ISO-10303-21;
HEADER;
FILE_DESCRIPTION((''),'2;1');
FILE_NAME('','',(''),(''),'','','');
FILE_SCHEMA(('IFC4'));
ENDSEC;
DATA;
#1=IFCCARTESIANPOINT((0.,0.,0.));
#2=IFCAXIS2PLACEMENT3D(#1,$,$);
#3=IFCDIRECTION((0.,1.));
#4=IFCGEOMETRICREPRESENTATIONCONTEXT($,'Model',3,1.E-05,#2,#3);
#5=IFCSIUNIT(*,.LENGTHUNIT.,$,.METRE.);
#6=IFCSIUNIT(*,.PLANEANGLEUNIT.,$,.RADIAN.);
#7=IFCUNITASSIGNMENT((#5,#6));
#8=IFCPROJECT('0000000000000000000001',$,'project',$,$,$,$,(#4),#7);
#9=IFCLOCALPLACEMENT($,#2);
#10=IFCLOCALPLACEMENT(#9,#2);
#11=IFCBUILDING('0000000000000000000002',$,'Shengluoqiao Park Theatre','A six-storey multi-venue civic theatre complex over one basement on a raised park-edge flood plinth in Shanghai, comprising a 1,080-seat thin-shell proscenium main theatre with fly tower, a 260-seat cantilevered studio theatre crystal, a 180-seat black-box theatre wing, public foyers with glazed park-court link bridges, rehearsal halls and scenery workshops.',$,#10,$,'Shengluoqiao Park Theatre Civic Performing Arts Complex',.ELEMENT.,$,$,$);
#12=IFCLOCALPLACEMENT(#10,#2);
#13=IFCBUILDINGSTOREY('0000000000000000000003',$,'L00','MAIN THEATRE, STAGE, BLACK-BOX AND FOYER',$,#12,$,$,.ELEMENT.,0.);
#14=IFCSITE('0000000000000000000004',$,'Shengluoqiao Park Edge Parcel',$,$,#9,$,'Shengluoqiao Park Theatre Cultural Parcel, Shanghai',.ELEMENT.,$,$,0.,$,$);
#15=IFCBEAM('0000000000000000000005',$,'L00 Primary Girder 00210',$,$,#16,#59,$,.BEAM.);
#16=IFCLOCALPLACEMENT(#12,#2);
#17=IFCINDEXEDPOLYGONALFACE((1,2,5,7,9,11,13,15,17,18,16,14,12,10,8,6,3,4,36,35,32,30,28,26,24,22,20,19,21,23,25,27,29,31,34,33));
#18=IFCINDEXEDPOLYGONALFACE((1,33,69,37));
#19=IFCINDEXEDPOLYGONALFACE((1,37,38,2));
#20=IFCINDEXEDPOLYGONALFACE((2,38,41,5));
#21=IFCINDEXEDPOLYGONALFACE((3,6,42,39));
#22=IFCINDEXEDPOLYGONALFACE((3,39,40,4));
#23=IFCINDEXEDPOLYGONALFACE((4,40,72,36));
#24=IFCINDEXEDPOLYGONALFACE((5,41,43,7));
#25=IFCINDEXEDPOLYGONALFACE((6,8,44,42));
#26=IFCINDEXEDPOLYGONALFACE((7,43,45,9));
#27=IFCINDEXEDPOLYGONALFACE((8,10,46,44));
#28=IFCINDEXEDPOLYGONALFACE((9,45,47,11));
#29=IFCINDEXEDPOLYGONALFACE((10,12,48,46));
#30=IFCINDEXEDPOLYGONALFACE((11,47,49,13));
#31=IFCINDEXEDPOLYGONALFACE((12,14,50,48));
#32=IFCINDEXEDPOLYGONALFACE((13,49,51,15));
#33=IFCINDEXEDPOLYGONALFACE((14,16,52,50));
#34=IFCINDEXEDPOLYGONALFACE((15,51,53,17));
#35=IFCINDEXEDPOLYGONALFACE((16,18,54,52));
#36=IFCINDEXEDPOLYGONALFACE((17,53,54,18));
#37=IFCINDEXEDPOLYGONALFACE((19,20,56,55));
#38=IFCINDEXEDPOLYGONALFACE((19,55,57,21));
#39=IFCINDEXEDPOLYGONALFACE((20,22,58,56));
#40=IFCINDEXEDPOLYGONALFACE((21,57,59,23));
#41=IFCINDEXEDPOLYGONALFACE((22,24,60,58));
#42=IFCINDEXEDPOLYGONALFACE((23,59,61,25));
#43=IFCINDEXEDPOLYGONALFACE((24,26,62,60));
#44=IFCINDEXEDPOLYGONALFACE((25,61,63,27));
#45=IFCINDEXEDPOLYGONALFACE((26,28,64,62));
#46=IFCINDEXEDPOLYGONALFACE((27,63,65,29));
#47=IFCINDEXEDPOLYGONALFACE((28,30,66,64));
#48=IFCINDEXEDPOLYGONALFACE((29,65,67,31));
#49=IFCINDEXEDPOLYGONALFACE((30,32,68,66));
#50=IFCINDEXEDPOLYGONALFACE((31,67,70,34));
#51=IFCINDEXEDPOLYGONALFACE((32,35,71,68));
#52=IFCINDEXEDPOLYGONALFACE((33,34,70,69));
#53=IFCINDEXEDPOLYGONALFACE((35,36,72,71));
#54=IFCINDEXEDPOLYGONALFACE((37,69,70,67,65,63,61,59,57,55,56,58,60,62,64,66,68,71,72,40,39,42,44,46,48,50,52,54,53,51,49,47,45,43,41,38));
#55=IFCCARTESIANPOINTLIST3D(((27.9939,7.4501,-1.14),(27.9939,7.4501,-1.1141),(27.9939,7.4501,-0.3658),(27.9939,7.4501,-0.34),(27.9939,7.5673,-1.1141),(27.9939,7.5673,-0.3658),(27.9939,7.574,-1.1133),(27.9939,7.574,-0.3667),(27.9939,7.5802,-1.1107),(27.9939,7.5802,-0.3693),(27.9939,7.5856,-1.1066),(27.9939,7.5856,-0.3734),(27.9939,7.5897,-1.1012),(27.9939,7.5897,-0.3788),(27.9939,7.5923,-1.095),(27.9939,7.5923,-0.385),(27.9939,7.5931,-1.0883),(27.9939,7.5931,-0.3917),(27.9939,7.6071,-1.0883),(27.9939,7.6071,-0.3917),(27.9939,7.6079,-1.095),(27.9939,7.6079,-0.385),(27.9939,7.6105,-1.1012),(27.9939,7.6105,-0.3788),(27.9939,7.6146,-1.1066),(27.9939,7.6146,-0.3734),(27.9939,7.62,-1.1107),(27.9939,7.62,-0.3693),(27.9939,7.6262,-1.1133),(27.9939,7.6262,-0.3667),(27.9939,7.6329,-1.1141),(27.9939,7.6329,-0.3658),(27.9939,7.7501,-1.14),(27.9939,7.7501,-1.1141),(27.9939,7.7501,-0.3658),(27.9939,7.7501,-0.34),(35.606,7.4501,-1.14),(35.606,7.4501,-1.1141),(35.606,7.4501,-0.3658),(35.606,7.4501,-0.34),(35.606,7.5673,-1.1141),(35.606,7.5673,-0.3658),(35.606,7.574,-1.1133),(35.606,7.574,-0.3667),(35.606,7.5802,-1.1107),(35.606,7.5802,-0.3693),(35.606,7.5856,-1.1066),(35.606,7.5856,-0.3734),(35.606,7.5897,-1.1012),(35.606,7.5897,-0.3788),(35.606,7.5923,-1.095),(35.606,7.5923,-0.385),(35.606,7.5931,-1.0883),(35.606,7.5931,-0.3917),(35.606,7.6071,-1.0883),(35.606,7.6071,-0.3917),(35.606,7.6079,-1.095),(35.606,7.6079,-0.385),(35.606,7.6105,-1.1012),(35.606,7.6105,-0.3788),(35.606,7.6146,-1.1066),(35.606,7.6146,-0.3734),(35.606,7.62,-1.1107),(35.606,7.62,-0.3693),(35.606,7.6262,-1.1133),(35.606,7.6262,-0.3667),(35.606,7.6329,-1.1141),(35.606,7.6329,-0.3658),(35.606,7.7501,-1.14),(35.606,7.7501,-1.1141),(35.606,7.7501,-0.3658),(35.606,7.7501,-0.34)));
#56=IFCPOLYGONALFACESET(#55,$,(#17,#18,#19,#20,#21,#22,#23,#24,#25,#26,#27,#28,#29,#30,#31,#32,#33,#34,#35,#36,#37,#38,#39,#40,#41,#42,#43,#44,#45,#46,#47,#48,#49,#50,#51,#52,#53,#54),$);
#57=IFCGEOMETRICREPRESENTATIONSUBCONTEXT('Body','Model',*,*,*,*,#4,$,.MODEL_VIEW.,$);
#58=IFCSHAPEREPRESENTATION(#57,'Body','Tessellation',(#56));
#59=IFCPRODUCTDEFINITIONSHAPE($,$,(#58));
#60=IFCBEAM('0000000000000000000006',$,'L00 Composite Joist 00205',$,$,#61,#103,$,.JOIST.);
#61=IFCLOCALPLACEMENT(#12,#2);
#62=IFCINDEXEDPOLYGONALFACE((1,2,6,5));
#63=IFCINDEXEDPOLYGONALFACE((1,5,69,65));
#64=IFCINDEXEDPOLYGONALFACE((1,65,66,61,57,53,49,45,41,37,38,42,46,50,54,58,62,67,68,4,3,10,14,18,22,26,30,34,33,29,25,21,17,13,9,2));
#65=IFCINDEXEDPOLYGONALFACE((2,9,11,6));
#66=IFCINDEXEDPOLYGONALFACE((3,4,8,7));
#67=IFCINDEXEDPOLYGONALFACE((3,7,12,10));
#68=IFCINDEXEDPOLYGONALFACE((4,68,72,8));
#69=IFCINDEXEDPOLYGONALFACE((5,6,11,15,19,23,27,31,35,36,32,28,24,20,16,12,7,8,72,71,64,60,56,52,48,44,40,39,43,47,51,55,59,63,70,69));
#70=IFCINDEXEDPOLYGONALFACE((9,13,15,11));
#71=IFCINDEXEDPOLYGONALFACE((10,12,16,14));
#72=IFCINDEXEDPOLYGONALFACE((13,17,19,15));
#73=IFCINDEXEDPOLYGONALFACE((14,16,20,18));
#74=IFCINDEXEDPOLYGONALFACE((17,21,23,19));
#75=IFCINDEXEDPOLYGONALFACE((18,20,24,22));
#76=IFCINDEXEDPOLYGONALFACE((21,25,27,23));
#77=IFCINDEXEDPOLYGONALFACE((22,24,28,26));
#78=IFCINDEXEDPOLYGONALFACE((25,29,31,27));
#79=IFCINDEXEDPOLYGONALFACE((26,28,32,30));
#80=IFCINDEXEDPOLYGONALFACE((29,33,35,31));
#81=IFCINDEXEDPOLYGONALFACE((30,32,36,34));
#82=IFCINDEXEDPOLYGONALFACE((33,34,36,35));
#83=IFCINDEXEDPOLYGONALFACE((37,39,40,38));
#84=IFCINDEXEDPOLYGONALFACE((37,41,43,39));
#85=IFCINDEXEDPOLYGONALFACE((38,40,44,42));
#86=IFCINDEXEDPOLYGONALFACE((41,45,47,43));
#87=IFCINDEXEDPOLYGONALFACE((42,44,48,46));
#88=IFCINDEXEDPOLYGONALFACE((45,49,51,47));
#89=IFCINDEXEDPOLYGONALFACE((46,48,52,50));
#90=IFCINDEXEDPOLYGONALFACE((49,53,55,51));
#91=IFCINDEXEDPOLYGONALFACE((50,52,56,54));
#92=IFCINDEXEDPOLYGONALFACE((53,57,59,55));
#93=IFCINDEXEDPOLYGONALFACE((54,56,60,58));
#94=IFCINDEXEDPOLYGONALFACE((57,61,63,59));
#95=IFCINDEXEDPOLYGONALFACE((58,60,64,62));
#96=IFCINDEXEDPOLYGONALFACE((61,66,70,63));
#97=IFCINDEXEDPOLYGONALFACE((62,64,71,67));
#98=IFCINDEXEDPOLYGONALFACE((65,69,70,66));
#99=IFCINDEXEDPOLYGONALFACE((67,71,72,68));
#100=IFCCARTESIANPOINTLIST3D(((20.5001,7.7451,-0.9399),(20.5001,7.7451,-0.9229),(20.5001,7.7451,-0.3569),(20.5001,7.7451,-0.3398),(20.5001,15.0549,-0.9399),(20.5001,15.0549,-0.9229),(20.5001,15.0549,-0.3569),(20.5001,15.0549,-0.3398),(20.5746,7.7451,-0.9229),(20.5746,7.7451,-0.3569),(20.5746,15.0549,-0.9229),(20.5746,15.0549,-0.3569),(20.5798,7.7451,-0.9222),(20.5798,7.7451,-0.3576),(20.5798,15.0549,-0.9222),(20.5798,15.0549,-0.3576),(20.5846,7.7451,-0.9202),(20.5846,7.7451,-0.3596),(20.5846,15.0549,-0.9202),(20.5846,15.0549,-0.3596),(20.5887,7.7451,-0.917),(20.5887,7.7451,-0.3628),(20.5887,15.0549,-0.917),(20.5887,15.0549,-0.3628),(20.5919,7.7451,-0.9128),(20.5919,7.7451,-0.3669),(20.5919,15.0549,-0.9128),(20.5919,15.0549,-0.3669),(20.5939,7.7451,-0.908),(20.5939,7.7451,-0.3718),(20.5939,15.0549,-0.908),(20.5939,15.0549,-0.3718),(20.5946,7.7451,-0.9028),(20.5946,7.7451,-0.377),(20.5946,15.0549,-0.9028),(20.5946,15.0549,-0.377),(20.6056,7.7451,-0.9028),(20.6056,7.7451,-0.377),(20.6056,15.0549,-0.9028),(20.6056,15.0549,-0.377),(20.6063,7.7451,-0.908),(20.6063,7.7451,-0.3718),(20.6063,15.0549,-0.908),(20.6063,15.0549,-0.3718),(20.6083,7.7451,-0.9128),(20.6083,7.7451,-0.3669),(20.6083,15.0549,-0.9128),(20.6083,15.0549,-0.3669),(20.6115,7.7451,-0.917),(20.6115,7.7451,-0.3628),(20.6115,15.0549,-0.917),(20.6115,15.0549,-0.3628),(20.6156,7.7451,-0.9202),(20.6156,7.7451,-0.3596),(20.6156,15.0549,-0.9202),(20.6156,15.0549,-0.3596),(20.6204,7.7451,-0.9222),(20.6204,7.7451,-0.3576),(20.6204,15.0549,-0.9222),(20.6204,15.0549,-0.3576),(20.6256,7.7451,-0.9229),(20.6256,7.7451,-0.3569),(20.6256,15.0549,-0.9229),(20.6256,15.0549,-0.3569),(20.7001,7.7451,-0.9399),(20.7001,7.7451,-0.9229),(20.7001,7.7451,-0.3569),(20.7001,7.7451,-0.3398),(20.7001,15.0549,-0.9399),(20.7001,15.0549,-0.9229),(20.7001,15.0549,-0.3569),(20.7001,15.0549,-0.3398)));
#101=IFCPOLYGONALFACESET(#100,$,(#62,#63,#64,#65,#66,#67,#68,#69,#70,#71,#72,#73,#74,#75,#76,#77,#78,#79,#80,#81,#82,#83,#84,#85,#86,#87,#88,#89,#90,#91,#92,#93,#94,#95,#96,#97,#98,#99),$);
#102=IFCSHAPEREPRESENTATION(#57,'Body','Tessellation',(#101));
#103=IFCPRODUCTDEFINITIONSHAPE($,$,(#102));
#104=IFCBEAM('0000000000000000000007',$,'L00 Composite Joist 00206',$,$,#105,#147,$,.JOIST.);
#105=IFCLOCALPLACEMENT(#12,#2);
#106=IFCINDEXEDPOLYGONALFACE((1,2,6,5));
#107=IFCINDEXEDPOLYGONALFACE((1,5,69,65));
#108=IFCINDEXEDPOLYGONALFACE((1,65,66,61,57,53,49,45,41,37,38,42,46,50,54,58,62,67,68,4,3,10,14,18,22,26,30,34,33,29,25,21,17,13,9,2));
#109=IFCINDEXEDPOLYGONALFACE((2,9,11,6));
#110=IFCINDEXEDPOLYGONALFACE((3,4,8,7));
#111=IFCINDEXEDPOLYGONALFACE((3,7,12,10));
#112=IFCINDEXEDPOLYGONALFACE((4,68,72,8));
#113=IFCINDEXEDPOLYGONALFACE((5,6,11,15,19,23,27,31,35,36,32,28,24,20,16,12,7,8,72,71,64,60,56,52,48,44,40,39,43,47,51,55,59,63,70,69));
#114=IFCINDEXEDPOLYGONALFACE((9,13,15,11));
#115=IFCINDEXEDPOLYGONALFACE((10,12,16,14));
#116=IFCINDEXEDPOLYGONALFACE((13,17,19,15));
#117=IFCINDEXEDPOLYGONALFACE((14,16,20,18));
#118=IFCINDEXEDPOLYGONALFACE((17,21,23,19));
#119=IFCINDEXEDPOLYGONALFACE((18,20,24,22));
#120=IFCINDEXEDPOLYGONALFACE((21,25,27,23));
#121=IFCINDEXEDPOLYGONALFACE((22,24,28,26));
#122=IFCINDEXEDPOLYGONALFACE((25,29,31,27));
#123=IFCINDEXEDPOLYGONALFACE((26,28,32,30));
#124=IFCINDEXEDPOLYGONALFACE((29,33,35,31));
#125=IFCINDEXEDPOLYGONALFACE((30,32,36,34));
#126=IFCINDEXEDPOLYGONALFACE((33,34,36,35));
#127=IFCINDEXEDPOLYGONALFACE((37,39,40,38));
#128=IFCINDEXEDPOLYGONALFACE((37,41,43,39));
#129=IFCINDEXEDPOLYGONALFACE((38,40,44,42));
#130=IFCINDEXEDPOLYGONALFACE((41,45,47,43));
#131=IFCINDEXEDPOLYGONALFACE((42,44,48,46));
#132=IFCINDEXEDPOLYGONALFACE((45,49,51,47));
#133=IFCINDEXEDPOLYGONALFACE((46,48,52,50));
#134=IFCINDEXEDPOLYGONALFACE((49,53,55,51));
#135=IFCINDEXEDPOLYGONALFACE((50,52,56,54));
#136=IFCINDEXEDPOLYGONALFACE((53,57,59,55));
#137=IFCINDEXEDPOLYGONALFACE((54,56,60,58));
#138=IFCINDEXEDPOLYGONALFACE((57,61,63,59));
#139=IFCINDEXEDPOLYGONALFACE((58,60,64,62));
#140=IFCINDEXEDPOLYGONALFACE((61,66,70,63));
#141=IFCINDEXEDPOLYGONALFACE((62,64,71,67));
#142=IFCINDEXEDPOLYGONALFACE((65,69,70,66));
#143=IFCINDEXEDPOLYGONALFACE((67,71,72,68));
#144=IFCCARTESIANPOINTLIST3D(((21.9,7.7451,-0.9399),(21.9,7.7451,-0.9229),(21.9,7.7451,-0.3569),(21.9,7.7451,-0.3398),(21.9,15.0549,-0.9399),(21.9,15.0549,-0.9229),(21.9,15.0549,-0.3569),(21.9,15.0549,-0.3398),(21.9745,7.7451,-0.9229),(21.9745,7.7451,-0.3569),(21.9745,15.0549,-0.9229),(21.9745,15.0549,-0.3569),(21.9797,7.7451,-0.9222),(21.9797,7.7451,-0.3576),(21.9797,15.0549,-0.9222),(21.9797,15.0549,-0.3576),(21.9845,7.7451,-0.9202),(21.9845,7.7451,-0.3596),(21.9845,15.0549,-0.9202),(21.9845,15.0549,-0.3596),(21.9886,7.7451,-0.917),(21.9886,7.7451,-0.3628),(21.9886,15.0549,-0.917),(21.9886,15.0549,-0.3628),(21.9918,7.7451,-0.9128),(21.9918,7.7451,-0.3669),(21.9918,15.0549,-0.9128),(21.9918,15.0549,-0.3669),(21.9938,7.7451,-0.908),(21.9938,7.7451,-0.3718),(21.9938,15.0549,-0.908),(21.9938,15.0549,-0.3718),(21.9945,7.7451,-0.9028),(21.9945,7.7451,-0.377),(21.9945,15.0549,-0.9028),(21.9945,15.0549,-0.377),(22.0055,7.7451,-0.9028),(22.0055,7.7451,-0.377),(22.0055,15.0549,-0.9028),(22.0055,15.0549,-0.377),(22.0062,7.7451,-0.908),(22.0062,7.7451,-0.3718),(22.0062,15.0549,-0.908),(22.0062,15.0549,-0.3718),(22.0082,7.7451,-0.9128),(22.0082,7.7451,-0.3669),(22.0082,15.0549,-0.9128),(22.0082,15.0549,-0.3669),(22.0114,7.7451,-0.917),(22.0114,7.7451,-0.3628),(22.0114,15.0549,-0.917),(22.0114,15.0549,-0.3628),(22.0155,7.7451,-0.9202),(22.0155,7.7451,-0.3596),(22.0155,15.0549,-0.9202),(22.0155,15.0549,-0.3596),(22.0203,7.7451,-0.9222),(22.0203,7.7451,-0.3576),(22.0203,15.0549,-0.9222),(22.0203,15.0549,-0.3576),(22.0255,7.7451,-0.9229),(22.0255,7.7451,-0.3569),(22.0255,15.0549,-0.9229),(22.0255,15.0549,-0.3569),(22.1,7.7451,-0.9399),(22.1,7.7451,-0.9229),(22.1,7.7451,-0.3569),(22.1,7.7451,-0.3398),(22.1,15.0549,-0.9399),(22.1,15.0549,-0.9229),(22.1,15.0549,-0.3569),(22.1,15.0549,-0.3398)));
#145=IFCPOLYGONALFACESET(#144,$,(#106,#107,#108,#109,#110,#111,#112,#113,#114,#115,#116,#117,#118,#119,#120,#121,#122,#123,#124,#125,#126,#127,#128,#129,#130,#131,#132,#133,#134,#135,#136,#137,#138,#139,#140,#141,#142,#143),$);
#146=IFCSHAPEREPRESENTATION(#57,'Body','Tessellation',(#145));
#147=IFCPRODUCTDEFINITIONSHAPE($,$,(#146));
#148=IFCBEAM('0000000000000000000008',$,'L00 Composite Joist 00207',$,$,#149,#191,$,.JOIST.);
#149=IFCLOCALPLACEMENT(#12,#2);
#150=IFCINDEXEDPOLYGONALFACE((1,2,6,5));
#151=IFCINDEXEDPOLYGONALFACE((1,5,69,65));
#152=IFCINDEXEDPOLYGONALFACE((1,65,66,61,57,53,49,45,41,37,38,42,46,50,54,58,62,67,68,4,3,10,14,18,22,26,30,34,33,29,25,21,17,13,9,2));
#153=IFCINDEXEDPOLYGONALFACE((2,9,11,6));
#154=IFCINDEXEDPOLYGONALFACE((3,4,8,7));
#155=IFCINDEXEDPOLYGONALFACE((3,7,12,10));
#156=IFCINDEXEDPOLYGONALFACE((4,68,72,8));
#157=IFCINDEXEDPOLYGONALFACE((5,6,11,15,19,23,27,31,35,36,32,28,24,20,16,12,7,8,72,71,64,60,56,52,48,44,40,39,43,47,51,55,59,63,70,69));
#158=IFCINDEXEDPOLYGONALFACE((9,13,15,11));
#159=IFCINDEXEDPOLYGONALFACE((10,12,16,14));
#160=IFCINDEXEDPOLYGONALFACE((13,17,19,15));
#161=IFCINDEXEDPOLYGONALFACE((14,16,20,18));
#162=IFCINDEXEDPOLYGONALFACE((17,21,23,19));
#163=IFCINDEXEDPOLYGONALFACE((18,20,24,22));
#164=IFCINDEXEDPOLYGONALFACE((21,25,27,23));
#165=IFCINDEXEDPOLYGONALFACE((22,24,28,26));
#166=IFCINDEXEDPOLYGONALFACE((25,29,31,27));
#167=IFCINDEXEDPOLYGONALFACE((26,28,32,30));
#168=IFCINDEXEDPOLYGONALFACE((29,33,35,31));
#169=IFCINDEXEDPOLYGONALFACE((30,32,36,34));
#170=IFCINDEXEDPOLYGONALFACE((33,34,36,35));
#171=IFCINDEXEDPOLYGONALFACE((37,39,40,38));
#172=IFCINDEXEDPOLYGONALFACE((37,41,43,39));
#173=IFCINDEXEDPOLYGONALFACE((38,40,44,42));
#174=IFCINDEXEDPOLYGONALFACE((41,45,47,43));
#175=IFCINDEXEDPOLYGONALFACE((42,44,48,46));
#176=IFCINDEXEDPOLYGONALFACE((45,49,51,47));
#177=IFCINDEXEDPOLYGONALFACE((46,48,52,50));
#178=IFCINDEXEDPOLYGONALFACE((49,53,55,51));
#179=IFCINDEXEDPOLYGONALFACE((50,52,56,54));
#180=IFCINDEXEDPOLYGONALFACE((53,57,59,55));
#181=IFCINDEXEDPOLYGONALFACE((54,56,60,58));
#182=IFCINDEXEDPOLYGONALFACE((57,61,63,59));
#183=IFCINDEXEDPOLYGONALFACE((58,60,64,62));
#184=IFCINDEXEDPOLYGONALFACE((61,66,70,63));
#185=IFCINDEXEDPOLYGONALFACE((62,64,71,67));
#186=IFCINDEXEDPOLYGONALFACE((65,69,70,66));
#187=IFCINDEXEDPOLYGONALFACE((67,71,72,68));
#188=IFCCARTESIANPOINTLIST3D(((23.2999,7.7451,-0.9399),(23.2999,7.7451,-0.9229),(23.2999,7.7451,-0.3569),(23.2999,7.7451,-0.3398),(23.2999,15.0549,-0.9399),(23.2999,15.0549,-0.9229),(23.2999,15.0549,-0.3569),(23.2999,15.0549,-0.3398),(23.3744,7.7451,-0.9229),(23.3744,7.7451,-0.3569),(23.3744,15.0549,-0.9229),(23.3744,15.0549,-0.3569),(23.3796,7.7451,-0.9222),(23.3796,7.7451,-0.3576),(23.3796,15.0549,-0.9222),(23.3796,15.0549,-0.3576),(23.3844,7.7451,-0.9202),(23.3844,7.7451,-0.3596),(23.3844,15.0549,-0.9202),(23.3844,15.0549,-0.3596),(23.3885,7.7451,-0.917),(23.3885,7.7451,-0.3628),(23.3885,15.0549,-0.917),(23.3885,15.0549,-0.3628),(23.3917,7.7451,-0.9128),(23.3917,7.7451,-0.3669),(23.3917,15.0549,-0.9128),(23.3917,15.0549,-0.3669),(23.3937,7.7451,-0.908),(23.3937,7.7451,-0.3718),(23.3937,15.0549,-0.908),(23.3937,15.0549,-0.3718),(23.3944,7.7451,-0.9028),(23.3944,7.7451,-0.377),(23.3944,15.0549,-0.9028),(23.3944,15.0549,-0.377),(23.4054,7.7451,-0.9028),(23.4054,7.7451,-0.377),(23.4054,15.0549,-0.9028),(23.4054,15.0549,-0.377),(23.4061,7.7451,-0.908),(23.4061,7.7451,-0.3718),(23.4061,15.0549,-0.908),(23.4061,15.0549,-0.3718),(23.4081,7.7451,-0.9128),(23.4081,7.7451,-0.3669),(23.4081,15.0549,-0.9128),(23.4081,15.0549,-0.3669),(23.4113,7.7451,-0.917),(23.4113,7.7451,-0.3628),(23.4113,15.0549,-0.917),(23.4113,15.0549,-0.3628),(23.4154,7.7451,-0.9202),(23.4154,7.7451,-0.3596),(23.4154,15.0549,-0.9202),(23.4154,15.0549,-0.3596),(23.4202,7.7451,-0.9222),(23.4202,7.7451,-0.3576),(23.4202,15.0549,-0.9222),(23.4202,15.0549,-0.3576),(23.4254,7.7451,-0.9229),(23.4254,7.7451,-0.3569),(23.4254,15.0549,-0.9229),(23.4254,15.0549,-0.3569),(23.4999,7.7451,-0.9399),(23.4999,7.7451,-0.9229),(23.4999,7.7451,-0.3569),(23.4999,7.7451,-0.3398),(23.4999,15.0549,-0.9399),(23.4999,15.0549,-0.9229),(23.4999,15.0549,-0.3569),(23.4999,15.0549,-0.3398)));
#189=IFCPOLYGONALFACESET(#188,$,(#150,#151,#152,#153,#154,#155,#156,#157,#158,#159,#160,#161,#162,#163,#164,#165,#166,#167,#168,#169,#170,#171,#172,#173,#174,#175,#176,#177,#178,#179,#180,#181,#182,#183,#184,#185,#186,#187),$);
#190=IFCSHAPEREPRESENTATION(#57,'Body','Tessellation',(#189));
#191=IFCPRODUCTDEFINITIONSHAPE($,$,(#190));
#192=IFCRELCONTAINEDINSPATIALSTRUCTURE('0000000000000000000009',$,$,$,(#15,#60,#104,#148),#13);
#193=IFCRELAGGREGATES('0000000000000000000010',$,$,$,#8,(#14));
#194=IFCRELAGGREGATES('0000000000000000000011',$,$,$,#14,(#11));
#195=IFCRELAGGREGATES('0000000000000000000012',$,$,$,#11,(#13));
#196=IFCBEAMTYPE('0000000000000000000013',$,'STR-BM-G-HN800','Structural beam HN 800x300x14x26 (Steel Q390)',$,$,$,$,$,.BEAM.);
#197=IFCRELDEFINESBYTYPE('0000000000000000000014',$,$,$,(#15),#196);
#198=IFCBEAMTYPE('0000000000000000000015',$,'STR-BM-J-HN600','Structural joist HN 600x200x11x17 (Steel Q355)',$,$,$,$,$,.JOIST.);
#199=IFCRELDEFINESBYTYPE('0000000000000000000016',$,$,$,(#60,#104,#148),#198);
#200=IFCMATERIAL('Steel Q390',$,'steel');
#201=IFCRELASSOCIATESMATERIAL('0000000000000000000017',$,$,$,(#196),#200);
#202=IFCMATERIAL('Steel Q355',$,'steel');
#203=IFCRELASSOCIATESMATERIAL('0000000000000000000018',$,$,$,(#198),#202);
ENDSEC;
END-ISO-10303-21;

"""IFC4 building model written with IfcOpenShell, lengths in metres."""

from ifc_helpers import new_model, si_unit, direction, frame, origin, origin_2d, place, context, subcontext, project, spatial, i_section, extrude, material, material_profile, profile_set, type_object, element, save


model = new_model("IFC4")

# Units and contexts
model_context = context("Model", 3, precision=1e-05, world=origin(), true_north=direction((0.0, 1.0)))
body_context = subcontext(model_context, "Body", "Model", "MODEL_VIEW")
ifc_project = project(units=[si_unit("LENGTHUNIT", "METRE"), si_unit("PLANEANGLEUNIT", "RADIAN")], contexts=[model_context])

# Site, building, storey
site_placement = place(None, origin())
site = spatial("IfcSite", under=ifc_project, at=site_placement, Name="Shengluoqiao Park Edge Parcel", LongName="Shengluoqiao Park Theatre Cultural Parcel, Shanghai", CompositionType="ELEMENT", RefElevation=0.0)
building_placement = place(site_placement, origin())
building = spatial("IfcBuilding", under=site, at=building_placement, Name="Shengluoqiao Park Theatre", Description="A six-storey multi-venue civic theatre complex over one basement on a raised park-edge flood plinth in Shanghai, comprising a 1,080-seat thin-shell proscenium main theatre with fly tower, a 260-seat cantilevered studio theatre crystal, a 180-seat black-box theatre wing, public foyers with glazed park-court link bridges, rehearsal halls and scenery workshops.", LongName="Shengluoqiao Park Theatre Civic Performing Arts Complex", CompositionType="ELEMENT")
storey_placement = place(building_placement, origin())
storey = spatial("IfcBuildingStorey", under=building, at=storey_placement, Name="L00", Description="MAIN THEATRE, STAGE, BLACK-BOX AND FOYER", CompositionType="ELEMENT", Elevation=0.0)

# Shared definitions
ifc_material_1 = material(Name="Steel Q355", Category="steel")

# Beams
ifc_material_2 = material(Name="Steel Q390", Category="steel")
ifc_material_profile_1 = material_profile(ifc_material_2, i_section(OverallWidth=0.3, OverallDepth=0.8, WebThickness=0.0139, FlangeThickness=0.0259, FilletRadius=0.0259, at=origin_2d()), Name="HN 800x300x14x26")
ifc_profile_set_1 = profile_set([ifc_material_profile_1], Name="Steel Q390")
beam_type_1 = type_object("IfcBeamType", Name="STR-BM-G-HN800", Description="Structural beam HN 800x300x14x26 (Steel Q390)", PredefinedType="BEAM", material=ifc_profile_set_1)
for number, where, z_axis, x_axis, name in (
    (1, (27.9939, 7.6001, -0.74), (1.0, 0.0, 0.0), (0.0, 1.0, 0.0), "L00 Primary Girder 00210"),
):
    element("IfcBeam", number, at=place(storey_placement, frame(where, z_axis=z_axis, x_axis=x_axis)), inside=storey, type_object=beam_type_1, Name=name, PredefinedType="BEAM", context=body_context, shape_type="SweptSolid", body=[
        extrude(i_section(OverallWidth=0.3, OverallDepth=0.8, WebThickness=0.0139, FlangeThickness=0.0259, FilletRadius=0.0259, at=origin_2d()), origin(), (0.0, 0.0, 1.0), 7.6121),
    ])
ifc_material_profile_2 = material_profile(ifc_material_1, i_section(OverallWidth=0.2, OverallDepth=0.6001, WebThickness=0.011, FlangeThickness=0.0171, FilletRadius=0.02, at=origin_2d()), Name="HN 600x200x11x17")
ifc_profile_set_2 = profile_set([ifc_material_profile_2], Name="Steel Q355")
beam_type_2 = type_object("IfcBeamType", Name="STR-BM-J-HN600", Description="Structural joist HN 600x200x11x17 (Steel Q355)", PredefinedType="JOIST", material=ifc_profile_set_2)
for number, where, z_axis, x_axis, name in (
    (2, (20.6001, 7.7451, -0.6399), (0.0, 1.0, 0.0), (-1.0, 0.0, 0.0), "L00 Composite Joist 00205"),
    (3, (22.0, 7.7451, -0.6399), (0.0, 1.0, 0.0), (-1.0, 0.0, 0.0), "L00 Composite Joist 00206"),
    (4, (23.3999, 7.7451, -0.6399), (0.0, 1.0, 0.0), (-1.0, 0.0, 0.0), "L00 Composite Joist 00207"),
):
    element("IfcBeam", number, at=place(storey_placement, frame(where, z_axis=z_axis, x_axis=x_axis)), inside=storey, type_object=beam_type_2, Name=name, PredefinedType="JOIST", context=body_context, shape_type="SweptSolid", body=[
        extrude(i_section(OverallWidth=0.2, OverallDepth=0.6001, WebThickness=0.011, FlangeThickness=0.0171, FilletRadius=0.02, at=origin_2d()), origin(), (0.0, 0.0, 1.0), 7.3098),
    ])

save(model, "model.ifc")
